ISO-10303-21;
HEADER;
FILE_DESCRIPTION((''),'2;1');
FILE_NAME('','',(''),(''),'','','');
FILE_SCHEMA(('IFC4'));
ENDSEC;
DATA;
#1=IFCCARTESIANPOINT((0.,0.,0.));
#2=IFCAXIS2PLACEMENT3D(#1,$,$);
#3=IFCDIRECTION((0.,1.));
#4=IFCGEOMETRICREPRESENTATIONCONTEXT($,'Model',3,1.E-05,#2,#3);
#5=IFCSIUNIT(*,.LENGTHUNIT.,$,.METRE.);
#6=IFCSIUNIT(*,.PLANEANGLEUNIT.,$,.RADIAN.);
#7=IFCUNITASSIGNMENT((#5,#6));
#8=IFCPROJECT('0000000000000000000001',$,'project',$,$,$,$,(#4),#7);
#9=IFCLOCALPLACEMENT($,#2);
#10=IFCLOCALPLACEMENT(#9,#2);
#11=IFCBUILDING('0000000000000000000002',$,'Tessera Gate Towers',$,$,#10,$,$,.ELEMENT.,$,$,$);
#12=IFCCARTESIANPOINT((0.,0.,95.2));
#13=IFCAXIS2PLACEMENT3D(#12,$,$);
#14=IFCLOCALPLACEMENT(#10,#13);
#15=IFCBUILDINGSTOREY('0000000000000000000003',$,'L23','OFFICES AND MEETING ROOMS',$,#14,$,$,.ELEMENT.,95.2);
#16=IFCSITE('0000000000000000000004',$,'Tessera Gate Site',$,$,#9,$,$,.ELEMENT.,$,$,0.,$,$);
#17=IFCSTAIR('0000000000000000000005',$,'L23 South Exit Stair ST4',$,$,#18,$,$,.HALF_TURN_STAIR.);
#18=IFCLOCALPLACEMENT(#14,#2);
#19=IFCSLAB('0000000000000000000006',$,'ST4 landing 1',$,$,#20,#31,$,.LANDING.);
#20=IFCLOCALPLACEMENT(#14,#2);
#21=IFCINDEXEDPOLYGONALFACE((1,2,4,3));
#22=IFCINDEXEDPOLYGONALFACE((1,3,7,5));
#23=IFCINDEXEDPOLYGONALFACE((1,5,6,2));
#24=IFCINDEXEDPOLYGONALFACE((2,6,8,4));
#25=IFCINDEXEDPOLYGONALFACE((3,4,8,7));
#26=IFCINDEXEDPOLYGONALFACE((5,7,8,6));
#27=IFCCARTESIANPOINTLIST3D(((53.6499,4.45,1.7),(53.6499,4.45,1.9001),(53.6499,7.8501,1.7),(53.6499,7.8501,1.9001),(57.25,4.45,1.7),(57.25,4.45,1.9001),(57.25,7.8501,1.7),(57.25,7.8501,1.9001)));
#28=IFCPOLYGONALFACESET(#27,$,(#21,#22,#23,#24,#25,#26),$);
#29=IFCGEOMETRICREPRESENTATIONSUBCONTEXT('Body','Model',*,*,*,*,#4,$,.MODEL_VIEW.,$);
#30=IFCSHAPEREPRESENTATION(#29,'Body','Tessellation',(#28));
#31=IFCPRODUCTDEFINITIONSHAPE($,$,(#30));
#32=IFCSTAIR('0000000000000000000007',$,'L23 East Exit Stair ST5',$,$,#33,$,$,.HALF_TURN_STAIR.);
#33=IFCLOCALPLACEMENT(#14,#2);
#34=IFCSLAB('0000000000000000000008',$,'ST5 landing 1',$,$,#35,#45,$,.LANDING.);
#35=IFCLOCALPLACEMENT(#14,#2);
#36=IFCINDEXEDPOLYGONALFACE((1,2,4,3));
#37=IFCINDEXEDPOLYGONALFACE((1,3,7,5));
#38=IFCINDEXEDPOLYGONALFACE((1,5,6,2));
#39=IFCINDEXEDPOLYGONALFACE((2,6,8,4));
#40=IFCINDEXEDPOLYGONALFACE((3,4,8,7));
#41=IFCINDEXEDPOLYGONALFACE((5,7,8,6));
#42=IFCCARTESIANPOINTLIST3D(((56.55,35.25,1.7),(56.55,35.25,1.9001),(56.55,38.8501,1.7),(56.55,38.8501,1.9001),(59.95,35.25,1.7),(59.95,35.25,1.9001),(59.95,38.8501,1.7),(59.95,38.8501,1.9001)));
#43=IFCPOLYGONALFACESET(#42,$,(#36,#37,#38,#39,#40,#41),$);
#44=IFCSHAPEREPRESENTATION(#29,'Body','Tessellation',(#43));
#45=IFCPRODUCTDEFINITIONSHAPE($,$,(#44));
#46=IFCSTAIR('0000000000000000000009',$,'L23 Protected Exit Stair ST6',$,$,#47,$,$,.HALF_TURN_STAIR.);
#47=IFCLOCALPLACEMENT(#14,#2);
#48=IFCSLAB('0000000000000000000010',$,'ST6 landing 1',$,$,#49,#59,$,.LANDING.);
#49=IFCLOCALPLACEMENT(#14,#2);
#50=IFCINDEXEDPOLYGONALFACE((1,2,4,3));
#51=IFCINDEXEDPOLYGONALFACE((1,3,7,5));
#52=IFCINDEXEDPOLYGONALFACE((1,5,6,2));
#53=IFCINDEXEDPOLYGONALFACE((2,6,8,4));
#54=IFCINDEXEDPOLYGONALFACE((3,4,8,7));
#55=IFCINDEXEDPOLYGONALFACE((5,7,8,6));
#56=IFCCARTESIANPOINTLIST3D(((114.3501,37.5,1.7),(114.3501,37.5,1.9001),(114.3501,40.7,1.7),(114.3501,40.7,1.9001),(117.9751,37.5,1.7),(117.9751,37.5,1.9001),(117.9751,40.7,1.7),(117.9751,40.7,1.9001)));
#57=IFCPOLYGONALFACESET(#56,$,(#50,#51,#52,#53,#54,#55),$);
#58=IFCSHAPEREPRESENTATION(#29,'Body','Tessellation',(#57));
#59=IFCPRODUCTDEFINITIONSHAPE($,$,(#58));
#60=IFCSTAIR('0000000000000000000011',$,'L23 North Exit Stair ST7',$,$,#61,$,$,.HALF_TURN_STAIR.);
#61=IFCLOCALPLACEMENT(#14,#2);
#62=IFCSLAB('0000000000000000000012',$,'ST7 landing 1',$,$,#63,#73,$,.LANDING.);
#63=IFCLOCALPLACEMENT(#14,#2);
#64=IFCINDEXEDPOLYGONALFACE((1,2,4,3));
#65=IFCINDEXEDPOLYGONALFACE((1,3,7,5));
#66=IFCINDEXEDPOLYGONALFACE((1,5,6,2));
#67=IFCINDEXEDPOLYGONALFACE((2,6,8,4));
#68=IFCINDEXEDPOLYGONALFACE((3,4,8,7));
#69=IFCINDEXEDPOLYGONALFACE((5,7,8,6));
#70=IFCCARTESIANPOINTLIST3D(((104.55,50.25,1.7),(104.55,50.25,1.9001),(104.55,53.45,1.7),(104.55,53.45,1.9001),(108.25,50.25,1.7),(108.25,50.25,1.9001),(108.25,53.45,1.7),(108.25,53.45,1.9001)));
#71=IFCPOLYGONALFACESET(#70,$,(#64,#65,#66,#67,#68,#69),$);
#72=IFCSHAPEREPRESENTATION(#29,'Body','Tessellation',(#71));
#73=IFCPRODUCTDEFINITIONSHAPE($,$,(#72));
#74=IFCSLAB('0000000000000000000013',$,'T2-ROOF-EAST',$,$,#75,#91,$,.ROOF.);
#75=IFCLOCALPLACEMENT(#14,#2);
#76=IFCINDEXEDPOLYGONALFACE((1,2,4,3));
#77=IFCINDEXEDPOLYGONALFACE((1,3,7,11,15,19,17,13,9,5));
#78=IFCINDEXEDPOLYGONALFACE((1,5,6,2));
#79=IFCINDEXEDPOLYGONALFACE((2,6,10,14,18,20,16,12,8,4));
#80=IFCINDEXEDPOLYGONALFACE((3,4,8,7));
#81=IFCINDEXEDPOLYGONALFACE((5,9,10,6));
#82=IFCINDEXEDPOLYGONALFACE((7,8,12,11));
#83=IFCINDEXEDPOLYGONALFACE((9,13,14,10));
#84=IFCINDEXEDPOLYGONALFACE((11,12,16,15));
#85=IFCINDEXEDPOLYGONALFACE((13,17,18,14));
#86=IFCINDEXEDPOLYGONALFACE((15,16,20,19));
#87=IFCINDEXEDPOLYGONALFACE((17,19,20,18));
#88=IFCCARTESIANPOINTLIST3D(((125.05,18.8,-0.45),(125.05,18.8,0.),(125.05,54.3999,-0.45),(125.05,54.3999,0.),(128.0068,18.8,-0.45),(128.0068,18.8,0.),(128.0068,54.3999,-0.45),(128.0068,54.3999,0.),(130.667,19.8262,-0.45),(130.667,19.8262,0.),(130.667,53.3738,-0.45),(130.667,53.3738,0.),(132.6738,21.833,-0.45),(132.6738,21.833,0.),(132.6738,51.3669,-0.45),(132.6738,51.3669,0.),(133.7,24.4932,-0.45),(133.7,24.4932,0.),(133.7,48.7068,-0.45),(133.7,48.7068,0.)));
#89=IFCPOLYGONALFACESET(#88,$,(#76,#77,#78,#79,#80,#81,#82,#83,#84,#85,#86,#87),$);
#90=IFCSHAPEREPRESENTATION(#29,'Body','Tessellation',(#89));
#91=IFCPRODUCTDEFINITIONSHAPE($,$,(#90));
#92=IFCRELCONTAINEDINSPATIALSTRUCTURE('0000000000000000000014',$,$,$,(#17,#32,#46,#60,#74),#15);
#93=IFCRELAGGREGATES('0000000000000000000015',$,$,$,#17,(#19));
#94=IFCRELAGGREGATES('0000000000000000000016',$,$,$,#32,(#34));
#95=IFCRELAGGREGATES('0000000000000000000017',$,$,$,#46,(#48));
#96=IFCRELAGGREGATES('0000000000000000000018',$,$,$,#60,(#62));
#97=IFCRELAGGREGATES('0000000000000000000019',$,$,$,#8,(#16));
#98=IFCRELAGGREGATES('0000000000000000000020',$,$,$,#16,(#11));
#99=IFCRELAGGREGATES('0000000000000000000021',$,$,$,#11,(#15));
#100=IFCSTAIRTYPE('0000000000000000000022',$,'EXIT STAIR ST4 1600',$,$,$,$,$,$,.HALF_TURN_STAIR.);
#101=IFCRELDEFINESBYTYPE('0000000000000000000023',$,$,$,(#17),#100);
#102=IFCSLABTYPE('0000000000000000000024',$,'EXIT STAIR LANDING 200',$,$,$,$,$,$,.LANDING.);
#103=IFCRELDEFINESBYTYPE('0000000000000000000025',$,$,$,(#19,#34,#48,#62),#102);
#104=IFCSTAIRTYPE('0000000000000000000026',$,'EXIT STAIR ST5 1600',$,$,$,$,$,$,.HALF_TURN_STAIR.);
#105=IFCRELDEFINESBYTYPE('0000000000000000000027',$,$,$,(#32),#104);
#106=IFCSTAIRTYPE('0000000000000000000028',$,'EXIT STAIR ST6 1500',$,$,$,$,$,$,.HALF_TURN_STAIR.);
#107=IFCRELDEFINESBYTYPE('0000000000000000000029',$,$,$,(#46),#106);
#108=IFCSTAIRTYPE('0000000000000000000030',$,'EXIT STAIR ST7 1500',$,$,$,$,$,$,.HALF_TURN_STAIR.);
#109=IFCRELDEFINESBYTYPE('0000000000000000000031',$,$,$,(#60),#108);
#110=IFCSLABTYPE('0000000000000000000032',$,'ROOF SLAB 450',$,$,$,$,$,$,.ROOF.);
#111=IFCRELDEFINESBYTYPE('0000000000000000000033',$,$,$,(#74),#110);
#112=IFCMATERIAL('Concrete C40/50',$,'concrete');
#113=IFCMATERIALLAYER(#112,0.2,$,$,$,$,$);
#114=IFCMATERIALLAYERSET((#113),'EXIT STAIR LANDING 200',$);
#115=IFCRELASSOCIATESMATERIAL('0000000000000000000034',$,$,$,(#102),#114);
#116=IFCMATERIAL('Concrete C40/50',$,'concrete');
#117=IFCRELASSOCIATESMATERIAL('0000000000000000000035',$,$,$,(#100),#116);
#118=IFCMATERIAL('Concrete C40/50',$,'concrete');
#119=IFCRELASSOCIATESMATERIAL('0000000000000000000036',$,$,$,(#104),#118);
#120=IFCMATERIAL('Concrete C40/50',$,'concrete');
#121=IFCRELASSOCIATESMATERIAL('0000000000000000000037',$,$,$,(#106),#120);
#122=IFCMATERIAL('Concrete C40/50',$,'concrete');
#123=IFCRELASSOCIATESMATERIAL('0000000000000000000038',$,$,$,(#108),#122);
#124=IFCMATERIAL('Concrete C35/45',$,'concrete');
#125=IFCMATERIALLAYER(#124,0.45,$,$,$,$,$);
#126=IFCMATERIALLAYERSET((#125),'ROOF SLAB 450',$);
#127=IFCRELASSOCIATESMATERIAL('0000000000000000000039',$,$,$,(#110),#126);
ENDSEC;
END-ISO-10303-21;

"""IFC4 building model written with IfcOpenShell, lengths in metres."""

from ifc_helpers import new_model, si_unit, direction, frame, origin, place, context, subcontext, project, spatial, polyline, outline, extrude, material, layer, layer_set, type_object, element, aggregate, save


model = new_model("IFC4")

# Units and contexts
model_context = context("Model", 3, precision=1e-05, world=origin(), true_north=direction((0.0, 1.0)))
body_context = subcontext(model_context, "Body", "Model", "MODEL_VIEW")
ifc_project = project(units=[si_unit("LENGTHUNIT", "METRE"), si_unit("PLANEANGLEUNIT", "RADIAN")], contexts=[model_context])

# Site, building, storey
site_placement = place(None, origin())
site = spatial("IfcSite", under=ifc_project, at=site_placement, Name="Tessera Gate Site", CompositionType="ELEMENT", RefElevation=0.0)
building_placement = place(site_placement, origin())
building = spatial("IfcBuilding", under=site, at=building_placement, Name="Tessera Gate Towers", CompositionType="ELEMENT")
storey_placement = place(building_placement, frame((0.0, 0.0, 95.2)))
storey = spatial("IfcBuildingStorey", under=building, at=storey_placement, Name="L23", Description="OFFICES AND MEETING ROOMS", CompositionType="ELEMENT", Elevation=95.2)

# Stairs, slabs
ifc_material_1 = material(Name="Concrete C40/50", Category="concrete")
ifc_layer_1 = layer(ifc_material_1, 0.2)
ifc_layer_set_1 = layer_set([ifc_layer_1], Name="EXIT STAIR LANDING 200")
slab_type_1 = type_object("IfcSlabType", Name="EXIT STAIR LANDING 200", PredefinedType="LANDING", material=ifc_layer_set_1)
ifc_material_2 = material(Name="Concrete C40/50", Category="concrete")
stair_type_1 = type_object("IfcStairType", Name="EXIT STAIR ST4 1600", PredefinedType="HALF_TURN_STAIR", material=ifc_material_2)
stair_1_placement = place(storey_placement, origin())
stair_1 = element("IfcStair", 1, at=stair_1_placement, inside=storey, type_object=stair_type_1, Name="L23 South Exit Stair ST4", PredefinedType="HALF_TURN_STAIR")
slab_1_placement = place(storey_placement, frame((0.0, 0.0, 1.7)))
slab_1 = element("IfcSlab", 2, at=slab_1_placement, type_object=slab_type_1, Name="ST4 landing 1", PredefinedType="LANDING", context=body_context, shape_type="SweptSolid", body=[
    extrude(outline(polyline([(53.6499, 4.45), (57.25, 4.45), (57.25, 7.8501), (53.6499, 7.8501), (53.6499, 4.45)])), origin(), (0.0, 0.0, 1.0), 0.2002),
])
aggregate(stair_1, [slab_1])
ifc_material_3 = material(Name="Concrete C40/50", Category="concrete")
stair_type_2 = type_object("IfcStairType", Name="EXIT STAIR ST5 1600", PredefinedType="HALF_TURN_STAIR", material=ifc_material_3)
stair_2_placement = place(storey_placement, origin())
stair_2 = element("IfcStair", 3, at=stair_2_placement, inside=storey, type_object=stair_type_2, Name="L23 East Exit Stair ST5", PredefinedType="HALF_TURN_STAIR")
slab_2_placement = place(storey_placement, frame((0.0, 0.0, 1.7)))
slab_2 = element("IfcSlab", 4, at=slab_2_placement, type_object=slab_type_1, Name="ST5 landing 1", PredefinedType="LANDING", context=body_context, shape_type="SweptSolid", body=[
    extrude(outline(polyline([(59.95, 35.25), (59.95, 38.8501), (56.55, 38.8501), (56.55, 35.25), (59.95, 35.25)])), origin(), (0.0, 0.0, 1.0), 0.2002),
])
aggregate(stair_2, [slab_2])
ifc_material_4 = material(Name="Concrete C40/50", Category="concrete")
stair_type_3 = type_object("IfcStairType", Name="EXIT STAIR ST6 1500", PredefinedType="HALF_TURN_STAIR", material=ifc_material_4)
stair_3_placement = place(storey_placement, origin())
stair_3 = element("IfcStair", 5, at=stair_3_placement, inside=storey, type_object=stair_type_3, Name="L23 Protected Exit Stair ST6", PredefinedType="HALF_TURN_STAIR")
slab_3_placement = place(storey_placement, frame((0.0, 0.0, 1.7)))
slab_3 = element("IfcSlab", 6, at=slab_3_placement, type_object=slab_type_1, Name="ST6 landing 1", PredefinedType="LANDING", context=body_context, shape_type="SweptSolid", body=[
    extrude(outline(polyline([(114.3501, 37.5), (117.9751, 37.5), (117.9751, 40.7), (114.3501, 40.7), (114.3501, 37.5)])), origin(), (0.0, 0.0, 1.0), 0.2002),
])
aggregate(stair_3, [slab_3])
ifc_material_5 = material(Name="Concrete C40/50", Category="concrete")
stair_type_4 = type_object("IfcStairType", Name="EXIT STAIR ST7 1500", PredefinedType="HALF_TURN_STAIR", material=ifc_material_5)
stair_4_placement = place(storey_placement, origin())
stair_4 = element("IfcStair", 7, at=stair_4_placement, inside=storey, type_object=stair_type_4, Name="L23 North Exit Stair ST7", PredefinedType="HALF_TURN_STAIR")
slab_4_placement = place(storey_placement, frame((0.0, 0.0, 1.7)))
slab_4 = element("IfcSlab", 8, at=slab_4_placement, type_object=slab_type_1, Name="ST7 landing 1", PredefinedType="LANDING", context=body_context, shape_type="SweptSolid", body=[
    extrude(outline(polyline([(104.55, 50.25), (108.25, 50.25), (108.25, 53.45), (104.55, 53.45), (104.55, 50.25)])), origin(), (0.0, 0.0, 1.0), 0.2002),
])
aggregate(stair_4, [slab_4])

# Slab
ifc_material_6 = material(Name="Concrete C35/45", Category="concrete")
ifc_layer_2 = layer(ifc_material_6, 0.45)
ifc_layer_set_2 = layer_set([ifc_layer_2], Name="ROOF SLAB 450")
slab_type_2 = type_object("IfcSlabType", Name="ROOF SLAB 450", PredefinedType="ROOF", material=ifc_layer_set_2)
slab_5_placement = place(storey_placement, frame((0.0, 0.0, -0.45)))
element("IfcSlab", 9, at=slab_5_placement, inside=storey, type_object=slab_type_2, Name="T2-ROOF-EAST", PredefinedType="ROOF", context=body_context, shape_type="SweptSolid", body=[
    extrude(outline(polyline([(125.05, 18.8), (128.0068, 18.8), (130.667, 19.8262), (132.6738, 21.833), (133.7, 24.4932), (133.7, 48.7068), (132.6738, 51.3669), (130.667, 53.3738), (128.0068, 54.3999), (125.05, 54.3999), (125.05, 18.8)])), origin(), (0.0, 0.0, 1.0), 0.45),
])

save(model, "model.ifc")
